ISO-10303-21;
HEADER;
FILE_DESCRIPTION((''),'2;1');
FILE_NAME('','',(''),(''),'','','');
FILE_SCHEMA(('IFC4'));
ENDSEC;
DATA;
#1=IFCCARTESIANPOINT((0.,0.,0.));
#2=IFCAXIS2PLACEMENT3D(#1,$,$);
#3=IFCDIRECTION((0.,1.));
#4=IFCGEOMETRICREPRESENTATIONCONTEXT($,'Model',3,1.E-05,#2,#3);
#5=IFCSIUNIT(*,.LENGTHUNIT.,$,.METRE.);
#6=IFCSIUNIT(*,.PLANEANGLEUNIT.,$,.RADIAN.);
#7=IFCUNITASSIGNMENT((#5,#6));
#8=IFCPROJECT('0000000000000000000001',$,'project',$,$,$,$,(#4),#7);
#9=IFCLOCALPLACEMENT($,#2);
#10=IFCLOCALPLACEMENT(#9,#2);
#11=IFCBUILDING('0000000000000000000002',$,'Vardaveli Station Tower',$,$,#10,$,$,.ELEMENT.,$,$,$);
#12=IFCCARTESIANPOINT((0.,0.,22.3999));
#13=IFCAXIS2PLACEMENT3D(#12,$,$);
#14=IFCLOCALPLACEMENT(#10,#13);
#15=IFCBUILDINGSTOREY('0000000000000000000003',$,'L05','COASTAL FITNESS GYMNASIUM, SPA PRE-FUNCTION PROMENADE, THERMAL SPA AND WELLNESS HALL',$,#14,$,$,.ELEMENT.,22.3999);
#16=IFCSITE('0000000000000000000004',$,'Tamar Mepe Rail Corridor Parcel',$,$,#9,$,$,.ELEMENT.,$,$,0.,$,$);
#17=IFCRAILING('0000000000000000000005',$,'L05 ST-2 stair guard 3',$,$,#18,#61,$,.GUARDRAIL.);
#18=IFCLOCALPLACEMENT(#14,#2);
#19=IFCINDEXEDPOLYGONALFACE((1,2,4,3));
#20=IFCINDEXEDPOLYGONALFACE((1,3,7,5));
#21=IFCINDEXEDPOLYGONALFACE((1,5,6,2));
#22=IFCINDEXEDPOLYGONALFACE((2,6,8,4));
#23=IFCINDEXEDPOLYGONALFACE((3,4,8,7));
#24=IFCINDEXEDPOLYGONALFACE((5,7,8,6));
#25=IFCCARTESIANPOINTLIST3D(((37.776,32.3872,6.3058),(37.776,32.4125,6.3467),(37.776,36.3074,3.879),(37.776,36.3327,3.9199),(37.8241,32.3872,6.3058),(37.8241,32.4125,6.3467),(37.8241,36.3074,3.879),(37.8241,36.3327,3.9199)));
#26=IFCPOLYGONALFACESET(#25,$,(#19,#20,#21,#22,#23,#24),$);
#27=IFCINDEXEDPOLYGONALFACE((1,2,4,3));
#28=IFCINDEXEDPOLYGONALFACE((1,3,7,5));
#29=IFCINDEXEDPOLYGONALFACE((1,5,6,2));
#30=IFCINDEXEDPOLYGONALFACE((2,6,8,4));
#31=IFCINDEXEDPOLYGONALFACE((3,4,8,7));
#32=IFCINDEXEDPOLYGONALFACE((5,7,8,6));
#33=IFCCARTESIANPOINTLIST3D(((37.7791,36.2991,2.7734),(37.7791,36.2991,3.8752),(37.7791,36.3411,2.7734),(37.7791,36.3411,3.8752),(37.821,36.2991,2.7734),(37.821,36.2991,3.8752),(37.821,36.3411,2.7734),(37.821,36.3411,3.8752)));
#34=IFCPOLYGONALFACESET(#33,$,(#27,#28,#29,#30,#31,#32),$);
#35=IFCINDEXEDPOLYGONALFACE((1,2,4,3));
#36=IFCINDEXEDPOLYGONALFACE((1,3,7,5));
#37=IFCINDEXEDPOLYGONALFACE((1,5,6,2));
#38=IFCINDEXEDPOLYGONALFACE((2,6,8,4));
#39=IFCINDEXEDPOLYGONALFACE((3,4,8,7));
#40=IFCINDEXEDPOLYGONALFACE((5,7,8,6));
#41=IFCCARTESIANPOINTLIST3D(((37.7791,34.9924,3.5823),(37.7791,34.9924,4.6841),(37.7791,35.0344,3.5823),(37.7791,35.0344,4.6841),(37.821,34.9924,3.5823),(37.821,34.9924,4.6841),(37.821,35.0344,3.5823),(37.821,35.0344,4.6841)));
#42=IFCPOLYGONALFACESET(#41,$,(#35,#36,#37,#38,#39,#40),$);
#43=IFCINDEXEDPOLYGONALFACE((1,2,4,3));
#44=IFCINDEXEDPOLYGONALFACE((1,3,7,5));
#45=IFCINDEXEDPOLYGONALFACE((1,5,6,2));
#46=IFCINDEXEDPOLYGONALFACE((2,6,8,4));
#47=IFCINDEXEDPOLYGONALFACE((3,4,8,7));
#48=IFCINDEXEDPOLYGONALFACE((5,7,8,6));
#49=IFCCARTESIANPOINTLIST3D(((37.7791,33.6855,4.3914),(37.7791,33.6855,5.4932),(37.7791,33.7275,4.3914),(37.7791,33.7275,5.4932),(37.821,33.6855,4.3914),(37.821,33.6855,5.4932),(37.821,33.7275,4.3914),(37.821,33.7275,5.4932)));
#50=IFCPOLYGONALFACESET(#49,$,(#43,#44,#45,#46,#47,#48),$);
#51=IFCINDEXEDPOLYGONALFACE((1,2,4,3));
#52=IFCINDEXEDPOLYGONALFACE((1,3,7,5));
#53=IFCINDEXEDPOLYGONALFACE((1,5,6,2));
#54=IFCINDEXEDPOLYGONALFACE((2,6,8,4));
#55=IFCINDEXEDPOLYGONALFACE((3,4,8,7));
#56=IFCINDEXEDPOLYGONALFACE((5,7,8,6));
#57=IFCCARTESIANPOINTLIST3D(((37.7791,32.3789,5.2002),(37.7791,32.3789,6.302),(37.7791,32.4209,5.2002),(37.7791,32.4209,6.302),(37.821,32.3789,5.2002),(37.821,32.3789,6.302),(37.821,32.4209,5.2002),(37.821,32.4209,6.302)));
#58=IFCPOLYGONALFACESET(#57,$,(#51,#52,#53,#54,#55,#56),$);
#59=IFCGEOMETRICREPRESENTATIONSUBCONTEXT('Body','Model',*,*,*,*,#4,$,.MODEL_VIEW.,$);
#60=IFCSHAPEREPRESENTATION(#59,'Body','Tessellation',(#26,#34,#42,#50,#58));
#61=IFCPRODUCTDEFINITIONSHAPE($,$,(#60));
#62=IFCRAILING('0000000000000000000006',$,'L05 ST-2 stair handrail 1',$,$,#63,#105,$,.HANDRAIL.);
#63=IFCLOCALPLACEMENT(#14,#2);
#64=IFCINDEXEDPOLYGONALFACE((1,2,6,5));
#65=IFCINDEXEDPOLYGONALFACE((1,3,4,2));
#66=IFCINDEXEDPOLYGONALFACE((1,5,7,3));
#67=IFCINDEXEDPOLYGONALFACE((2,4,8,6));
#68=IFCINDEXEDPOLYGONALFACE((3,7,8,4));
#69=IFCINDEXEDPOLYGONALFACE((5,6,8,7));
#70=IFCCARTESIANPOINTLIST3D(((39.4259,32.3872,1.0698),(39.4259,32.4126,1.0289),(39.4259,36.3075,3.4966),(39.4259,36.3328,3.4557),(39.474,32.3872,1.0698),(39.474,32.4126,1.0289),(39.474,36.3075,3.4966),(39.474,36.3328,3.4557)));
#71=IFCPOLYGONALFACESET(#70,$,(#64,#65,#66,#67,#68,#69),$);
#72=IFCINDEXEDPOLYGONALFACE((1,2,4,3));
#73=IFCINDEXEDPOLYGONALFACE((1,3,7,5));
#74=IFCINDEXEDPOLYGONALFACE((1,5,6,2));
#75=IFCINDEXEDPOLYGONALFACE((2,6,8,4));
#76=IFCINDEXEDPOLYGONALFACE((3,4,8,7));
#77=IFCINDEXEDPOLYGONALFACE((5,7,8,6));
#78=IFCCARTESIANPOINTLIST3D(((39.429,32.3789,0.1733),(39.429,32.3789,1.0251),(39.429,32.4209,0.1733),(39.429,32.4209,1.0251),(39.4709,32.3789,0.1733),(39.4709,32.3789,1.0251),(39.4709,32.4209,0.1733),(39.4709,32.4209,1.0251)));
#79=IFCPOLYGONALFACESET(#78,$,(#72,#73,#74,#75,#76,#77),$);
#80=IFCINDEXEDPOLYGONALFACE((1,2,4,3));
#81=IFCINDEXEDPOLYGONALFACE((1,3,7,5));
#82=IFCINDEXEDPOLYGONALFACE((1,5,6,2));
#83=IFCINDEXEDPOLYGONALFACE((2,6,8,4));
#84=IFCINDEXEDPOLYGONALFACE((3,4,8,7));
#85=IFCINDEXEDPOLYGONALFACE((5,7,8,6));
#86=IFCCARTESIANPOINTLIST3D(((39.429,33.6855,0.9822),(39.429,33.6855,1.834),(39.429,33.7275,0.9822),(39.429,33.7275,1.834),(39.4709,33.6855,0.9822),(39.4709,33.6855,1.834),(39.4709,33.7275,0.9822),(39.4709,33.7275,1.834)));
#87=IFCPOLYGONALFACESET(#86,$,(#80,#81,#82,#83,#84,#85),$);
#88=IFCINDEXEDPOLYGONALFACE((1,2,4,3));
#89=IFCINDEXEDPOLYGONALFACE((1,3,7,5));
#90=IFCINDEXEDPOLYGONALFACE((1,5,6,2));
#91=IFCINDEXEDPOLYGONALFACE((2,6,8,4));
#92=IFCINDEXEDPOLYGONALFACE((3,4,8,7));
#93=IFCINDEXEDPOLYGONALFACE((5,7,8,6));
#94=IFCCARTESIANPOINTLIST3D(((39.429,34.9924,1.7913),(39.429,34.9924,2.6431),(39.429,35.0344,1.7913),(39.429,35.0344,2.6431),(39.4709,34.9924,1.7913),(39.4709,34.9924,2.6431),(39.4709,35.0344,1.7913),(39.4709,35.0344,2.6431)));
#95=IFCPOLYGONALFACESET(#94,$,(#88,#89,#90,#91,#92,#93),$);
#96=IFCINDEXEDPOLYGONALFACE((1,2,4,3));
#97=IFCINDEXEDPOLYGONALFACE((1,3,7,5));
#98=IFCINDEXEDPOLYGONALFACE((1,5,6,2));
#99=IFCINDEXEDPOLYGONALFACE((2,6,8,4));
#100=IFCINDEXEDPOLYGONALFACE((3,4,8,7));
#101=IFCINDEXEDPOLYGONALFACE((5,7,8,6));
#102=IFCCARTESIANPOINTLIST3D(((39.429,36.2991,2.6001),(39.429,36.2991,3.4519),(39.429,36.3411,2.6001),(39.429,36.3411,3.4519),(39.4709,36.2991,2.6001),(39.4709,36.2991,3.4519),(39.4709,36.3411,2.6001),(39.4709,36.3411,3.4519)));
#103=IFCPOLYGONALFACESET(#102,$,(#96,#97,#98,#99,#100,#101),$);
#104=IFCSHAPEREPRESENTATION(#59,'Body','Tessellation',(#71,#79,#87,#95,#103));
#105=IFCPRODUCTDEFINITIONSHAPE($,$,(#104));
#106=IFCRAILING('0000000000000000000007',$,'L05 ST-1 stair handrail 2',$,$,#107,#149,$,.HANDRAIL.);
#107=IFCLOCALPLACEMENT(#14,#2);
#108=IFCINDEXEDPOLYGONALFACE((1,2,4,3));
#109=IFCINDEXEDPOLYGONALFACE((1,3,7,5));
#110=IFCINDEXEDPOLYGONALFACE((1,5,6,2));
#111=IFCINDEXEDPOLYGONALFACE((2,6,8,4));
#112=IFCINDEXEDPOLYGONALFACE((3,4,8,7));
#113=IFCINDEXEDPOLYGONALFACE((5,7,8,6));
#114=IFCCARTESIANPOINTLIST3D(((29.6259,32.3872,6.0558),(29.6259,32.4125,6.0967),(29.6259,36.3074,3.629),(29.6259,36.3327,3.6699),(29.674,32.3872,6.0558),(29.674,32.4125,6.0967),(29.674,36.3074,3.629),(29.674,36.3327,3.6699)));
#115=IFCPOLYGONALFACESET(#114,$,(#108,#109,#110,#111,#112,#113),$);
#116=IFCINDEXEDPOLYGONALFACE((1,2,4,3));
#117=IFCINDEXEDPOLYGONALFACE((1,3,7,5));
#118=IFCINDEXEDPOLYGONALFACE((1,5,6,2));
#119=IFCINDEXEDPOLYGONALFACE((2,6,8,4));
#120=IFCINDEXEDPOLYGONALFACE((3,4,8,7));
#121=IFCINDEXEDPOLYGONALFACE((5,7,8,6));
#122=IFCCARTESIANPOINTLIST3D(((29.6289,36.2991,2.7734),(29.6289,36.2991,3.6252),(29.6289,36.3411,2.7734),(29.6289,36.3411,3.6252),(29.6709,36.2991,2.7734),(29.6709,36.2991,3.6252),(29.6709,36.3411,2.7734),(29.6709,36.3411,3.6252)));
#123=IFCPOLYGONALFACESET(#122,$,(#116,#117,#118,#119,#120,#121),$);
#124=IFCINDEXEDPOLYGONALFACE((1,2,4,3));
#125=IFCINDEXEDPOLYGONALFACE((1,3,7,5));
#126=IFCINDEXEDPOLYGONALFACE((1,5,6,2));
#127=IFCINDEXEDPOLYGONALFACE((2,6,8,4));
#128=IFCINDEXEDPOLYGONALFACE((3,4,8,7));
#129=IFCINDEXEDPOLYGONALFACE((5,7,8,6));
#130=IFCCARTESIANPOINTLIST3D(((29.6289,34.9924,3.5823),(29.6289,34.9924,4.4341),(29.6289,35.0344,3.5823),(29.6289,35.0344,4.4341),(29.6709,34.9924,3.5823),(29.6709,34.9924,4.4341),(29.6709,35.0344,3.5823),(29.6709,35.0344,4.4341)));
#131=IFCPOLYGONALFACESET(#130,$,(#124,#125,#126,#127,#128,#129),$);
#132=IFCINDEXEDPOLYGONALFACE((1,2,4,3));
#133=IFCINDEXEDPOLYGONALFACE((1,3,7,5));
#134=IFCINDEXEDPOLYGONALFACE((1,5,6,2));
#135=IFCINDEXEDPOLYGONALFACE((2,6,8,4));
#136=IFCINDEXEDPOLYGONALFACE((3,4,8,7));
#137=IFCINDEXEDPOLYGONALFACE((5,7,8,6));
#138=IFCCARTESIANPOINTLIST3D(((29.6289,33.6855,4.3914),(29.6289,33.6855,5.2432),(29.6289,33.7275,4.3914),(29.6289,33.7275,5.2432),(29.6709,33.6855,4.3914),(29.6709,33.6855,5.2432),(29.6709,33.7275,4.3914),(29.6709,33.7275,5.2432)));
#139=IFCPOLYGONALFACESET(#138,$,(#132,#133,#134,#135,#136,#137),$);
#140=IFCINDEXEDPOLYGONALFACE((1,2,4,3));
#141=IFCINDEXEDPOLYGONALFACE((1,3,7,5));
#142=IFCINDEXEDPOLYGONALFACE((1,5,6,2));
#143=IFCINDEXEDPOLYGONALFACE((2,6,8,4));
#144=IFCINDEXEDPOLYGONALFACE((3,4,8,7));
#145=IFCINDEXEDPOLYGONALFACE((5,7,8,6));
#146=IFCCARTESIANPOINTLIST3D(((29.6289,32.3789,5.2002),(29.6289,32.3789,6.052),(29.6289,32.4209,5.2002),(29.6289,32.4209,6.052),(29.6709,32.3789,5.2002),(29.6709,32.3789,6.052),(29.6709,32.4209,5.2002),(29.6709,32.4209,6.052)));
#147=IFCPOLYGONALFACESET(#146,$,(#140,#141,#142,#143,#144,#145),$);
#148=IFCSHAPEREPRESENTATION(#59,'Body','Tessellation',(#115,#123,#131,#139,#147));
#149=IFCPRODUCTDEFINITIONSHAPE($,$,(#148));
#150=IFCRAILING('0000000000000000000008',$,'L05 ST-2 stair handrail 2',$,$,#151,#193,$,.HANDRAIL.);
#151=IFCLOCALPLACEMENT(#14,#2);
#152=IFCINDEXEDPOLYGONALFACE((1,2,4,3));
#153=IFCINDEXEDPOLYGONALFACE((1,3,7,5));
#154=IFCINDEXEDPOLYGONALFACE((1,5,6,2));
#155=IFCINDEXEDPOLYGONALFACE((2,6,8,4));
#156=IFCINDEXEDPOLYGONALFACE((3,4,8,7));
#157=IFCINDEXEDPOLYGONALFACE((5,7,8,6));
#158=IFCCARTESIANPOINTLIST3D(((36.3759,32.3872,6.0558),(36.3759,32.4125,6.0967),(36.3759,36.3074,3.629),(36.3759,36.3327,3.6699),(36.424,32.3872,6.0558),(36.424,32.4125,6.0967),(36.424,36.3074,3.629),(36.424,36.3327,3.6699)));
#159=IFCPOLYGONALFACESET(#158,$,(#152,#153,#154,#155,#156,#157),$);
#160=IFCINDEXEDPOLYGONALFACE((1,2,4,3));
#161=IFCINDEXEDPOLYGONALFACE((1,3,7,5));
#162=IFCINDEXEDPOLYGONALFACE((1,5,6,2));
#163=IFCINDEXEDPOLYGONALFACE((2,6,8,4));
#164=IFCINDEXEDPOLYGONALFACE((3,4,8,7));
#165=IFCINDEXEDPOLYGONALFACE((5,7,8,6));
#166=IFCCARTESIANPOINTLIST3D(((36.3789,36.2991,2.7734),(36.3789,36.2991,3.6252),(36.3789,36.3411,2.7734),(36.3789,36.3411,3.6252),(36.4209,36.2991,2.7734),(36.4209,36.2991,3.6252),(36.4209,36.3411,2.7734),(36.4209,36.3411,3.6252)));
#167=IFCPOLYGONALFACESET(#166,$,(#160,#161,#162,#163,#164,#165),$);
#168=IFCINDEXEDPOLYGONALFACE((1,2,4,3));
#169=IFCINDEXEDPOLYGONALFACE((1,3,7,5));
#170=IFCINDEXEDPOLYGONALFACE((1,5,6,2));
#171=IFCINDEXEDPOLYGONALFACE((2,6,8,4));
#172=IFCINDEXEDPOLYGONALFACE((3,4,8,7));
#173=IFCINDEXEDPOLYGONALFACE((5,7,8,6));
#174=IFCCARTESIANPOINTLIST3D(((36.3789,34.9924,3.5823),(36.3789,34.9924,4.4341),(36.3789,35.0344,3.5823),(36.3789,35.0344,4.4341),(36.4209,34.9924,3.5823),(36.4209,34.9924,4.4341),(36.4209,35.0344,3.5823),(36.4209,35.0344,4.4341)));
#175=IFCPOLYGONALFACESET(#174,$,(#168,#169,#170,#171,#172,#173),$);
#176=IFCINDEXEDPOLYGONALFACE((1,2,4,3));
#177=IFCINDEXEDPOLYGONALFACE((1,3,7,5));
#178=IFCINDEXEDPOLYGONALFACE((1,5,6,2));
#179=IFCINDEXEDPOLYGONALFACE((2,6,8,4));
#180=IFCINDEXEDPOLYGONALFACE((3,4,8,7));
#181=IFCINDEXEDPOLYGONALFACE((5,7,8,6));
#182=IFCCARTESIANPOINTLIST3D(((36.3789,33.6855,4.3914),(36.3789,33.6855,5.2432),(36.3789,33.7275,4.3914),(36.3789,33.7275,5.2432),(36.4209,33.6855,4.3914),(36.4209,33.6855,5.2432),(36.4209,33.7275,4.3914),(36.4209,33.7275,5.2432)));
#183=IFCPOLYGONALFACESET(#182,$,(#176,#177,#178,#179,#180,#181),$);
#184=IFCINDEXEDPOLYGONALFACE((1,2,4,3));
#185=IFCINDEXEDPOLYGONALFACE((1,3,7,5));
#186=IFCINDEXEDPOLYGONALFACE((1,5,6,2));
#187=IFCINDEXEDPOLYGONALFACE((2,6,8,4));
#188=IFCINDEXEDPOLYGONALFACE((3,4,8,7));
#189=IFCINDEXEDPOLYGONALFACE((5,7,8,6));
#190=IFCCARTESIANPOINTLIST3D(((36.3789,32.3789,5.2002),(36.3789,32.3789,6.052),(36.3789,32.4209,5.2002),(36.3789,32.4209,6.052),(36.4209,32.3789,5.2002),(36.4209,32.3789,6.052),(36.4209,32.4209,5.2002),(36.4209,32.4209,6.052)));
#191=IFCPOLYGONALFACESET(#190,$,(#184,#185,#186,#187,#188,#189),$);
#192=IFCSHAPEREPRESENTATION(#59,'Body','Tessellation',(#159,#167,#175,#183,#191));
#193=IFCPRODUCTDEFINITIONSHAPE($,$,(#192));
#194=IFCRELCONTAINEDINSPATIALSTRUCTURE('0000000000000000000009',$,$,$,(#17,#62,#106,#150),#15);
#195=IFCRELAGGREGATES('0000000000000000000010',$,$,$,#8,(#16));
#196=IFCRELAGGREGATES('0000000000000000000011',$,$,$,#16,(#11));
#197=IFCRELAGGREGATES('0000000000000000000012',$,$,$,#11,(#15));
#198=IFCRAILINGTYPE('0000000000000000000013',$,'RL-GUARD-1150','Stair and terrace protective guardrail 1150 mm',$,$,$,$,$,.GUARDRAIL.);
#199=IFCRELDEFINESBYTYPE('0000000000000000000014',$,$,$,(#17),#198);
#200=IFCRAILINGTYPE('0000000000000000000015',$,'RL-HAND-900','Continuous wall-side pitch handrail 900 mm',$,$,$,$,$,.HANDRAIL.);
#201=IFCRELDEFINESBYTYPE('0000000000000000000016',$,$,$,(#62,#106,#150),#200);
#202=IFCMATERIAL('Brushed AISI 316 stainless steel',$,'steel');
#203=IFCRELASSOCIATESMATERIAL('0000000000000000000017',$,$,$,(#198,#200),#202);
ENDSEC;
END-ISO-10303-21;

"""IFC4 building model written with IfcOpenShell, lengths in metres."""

from ifc_helpers import new_model, si_unit, direction, frame, origin, origin_2d, place, context, subcontext, project, spatial, rectangle, extrude, source, transform, mapped, material, type_object, element, save


model = new_model("IFC4")

# Units and contexts
model_context = context("Model", 3, precision=1e-05, world=origin(), true_north=direction((0.0, 1.0)))
body_context = subcontext(model_context, "Body", "Model", "MODEL_VIEW")
ifc_project = project(units=[si_unit("LENGTHUNIT", "METRE"), si_unit("PLANEANGLEUNIT", "RADIAN")], contexts=[model_context])

# Site, building, storey
site_placement = place(None, origin())
site = spatial("IfcSite", under=ifc_project, at=site_placement, Name="Tamar Mepe Rail Corridor Parcel", CompositionType="ELEMENT", RefElevation=0.0)
building_placement = place(site_placement, origin())
building = spatial("IfcBuilding", under=site, at=building_placement, Name="Vardaveli Station Tower", CompositionType="ELEMENT")
storey_placement = place(building_placement, frame((0.0, 0.0, 22.3999)))
storey = spatial("IfcBuildingStorey", under=building, at=storey_placement, Name="L05", Description="COASTAL FITNESS GYMNASIUM, SPA PRE-FUNCTION PROMENADE, THERMAL SPA AND WELLNESS HALL", CompositionType="ELEMENT", Elevation=22.3999)

# Railings
ifc_material_1 = material(Name="Brushed AISI 316 stainless steel", Category="steel")
railing_type_1 = type_object("IfcRailingType", Name="RL-GUARD-1150", Description="Stair and terrace protective guardrail 1150 mm", PredefinedType="GUARDRAIL", material=ifc_material_1)
shared_shape_1 = source(origin(), body_context, "Body", "SweptSolid", [
    extrude(rectangle(XDim=0.0481, YDim=0.0481, at=origin_2d()), frame((0.0, 0.0, 1.126), z_axis=(0.0, -0.850266, 0.526353), x_axis=(1.0, 0.0, 0.0)), (0.0, 0.0, 1.0), 4.6106),
    extrude(rectangle(XDim=0.042, YDim=0.042, at=origin_2d()), origin(), (0.0, 0.0, 1.0), 1.1018),
    extrude(rectangle(XDim=0.042, YDim=0.042, at=origin_2d()), frame((0.0, -1.3066, 0.8088)), (0.0, 0.0, 1.0), 1.1018),
    extrude(rectangle(XDim=0.042, YDim=0.042, at=origin_2d()), frame((0.0, -2.6135, 1.6179)), (0.0, 0.0, 1.0), 1.1018),
    extrude(rectangle(XDim=0.042, YDim=0.042, at=origin_2d()), frame((0.0, -3.9202, 2.4268)), (0.0, 0.0, 1.0), 1.1018),
])
for number, where, name in (
    (1, (37.8, 36.3201, 2.7734), "L05 ST-2 stair guard 3"),
):
    element("IfcRailing", number, at=place(storey_placement, frame(where)), inside=storey, type_object=railing_type_1, Name=name, PredefinedType="GUARDRAIL", context=body_context, shape_type="MappedRepresentation", body=[
        mapped(shared_shape_1, transform((0.0, 0.0, 0.0), scale=1.0)),
    ])
railing_type_2 = type_object("IfcRailingType", Name="RL-HAND-900", Description="Continuous wall-side pitch handrail 900 mm", PredefinedType="HANDRAIL", material=ifc_material_1)
shared_shape_2 = source(origin(), body_context, "Body", "SweptSolid", [
    extrude(rectangle(XDim=0.0481, YDim=0.0481, at=origin_2d()), frame((0.0, 0.0, 0.876), z_axis=(0.0, 0.850266, 0.526353), x_axis=(-1.0, 0.0, 0.0)), (0.0, 0.0, 1.0), 4.6106),
    extrude(rectangle(XDim=0.042, YDim=0.042, at=origin_2d()), origin(), (0.0, 0.0, 1.0), 0.8518),
    extrude(rectangle(XDim=0.042, YDim=0.042, at=origin_2d()), frame((0.0, 1.3066, 0.8088)), (0.0, 0.0, 1.0), 0.8518),
    extrude(rectangle(XDim=0.042, YDim=0.042, at=origin_2d()), frame((0.0, 2.6135, 1.6179)), (0.0, 0.0, 1.0), 0.8518),
    extrude(rectangle(XDim=0.042, YDim=0.042, at=origin_2d()), frame((0.0, 3.9202, 2.4268)), (0.0, 0.0, 1.0), 0.8518),
])
railing_1_placement = place(storey_placement, frame((39.45, 32.3999, 0.1733)))
element("IfcRailing", 2, at=railing_1_placement, inside=storey, type_object=railing_type_2, Name="L05 ST-2 stair handrail 1", PredefinedType="HANDRAIL", context=body_context, shape_type="MappedRepresentation", body=[
    mapped(shared_shape_2, transform((0.0, 0.0, 0.0), scale=1.0)),
])
shared_shape_3 = source(origin(), body_context, "Body", "SweptSolid", [
    extrude(rectangle(XDim=0.0481, YDim=0.0481, at=origin_2d()), frame((0.0, 0.0, 0.876), z_axis=(0.0, -0.850266, 0.526353), x_axis=(1.0, 0.0, 0.0)), (0.0, 0.0, 1.0), 4.6106),
    extrude(rectangle(XDim=0.042, YDim=0.042, at=origin_2d()), origin(), (0.0, 0.0, 1.0), 0.8518),
    extrude(rectangle(XDim=0.042, YDim=0.042, at=origin_2d()), frame((0.0, -1.3066, 0.8088)), (0.0, 0.0, 1.0), 0.8518),
    extrude(rectangle(XDim=0.042, YDim=0.042, at=origin_2d()), frame((0.0, -2.6135, 1.6179)), (0.0, 0.0, 1.0), 0.8518),
    extrude(rectangle(XDim=0.042, YDim=0.042, at=origin_2d()), frame((0.0, -3.9202, 2.4268)), (0.0, 0.0, 1.0), 0.8518),
])
for number, where, name in (
    (3, (29.6499, 36.3201, 2.7734), "L05 ST-1 stair handrail 2"),
    (4, (36.3999, 36.3201, 2.7734), "L05 ST-2 stair handrail 2"),
):
    element("IfcRailing", number, at=place(storey_placement, frame(where)), inside=storey, type_object=railing_type_2, Name=name, PredefinedType="HANDRAIL", context=body_context, shape_type="MappedRepresentation", body=[
        mapped(shared_shape_3, transform((0.0, 0.0, 0.0), scale=1.0)),
    ])

save(model, "model.ifc")
